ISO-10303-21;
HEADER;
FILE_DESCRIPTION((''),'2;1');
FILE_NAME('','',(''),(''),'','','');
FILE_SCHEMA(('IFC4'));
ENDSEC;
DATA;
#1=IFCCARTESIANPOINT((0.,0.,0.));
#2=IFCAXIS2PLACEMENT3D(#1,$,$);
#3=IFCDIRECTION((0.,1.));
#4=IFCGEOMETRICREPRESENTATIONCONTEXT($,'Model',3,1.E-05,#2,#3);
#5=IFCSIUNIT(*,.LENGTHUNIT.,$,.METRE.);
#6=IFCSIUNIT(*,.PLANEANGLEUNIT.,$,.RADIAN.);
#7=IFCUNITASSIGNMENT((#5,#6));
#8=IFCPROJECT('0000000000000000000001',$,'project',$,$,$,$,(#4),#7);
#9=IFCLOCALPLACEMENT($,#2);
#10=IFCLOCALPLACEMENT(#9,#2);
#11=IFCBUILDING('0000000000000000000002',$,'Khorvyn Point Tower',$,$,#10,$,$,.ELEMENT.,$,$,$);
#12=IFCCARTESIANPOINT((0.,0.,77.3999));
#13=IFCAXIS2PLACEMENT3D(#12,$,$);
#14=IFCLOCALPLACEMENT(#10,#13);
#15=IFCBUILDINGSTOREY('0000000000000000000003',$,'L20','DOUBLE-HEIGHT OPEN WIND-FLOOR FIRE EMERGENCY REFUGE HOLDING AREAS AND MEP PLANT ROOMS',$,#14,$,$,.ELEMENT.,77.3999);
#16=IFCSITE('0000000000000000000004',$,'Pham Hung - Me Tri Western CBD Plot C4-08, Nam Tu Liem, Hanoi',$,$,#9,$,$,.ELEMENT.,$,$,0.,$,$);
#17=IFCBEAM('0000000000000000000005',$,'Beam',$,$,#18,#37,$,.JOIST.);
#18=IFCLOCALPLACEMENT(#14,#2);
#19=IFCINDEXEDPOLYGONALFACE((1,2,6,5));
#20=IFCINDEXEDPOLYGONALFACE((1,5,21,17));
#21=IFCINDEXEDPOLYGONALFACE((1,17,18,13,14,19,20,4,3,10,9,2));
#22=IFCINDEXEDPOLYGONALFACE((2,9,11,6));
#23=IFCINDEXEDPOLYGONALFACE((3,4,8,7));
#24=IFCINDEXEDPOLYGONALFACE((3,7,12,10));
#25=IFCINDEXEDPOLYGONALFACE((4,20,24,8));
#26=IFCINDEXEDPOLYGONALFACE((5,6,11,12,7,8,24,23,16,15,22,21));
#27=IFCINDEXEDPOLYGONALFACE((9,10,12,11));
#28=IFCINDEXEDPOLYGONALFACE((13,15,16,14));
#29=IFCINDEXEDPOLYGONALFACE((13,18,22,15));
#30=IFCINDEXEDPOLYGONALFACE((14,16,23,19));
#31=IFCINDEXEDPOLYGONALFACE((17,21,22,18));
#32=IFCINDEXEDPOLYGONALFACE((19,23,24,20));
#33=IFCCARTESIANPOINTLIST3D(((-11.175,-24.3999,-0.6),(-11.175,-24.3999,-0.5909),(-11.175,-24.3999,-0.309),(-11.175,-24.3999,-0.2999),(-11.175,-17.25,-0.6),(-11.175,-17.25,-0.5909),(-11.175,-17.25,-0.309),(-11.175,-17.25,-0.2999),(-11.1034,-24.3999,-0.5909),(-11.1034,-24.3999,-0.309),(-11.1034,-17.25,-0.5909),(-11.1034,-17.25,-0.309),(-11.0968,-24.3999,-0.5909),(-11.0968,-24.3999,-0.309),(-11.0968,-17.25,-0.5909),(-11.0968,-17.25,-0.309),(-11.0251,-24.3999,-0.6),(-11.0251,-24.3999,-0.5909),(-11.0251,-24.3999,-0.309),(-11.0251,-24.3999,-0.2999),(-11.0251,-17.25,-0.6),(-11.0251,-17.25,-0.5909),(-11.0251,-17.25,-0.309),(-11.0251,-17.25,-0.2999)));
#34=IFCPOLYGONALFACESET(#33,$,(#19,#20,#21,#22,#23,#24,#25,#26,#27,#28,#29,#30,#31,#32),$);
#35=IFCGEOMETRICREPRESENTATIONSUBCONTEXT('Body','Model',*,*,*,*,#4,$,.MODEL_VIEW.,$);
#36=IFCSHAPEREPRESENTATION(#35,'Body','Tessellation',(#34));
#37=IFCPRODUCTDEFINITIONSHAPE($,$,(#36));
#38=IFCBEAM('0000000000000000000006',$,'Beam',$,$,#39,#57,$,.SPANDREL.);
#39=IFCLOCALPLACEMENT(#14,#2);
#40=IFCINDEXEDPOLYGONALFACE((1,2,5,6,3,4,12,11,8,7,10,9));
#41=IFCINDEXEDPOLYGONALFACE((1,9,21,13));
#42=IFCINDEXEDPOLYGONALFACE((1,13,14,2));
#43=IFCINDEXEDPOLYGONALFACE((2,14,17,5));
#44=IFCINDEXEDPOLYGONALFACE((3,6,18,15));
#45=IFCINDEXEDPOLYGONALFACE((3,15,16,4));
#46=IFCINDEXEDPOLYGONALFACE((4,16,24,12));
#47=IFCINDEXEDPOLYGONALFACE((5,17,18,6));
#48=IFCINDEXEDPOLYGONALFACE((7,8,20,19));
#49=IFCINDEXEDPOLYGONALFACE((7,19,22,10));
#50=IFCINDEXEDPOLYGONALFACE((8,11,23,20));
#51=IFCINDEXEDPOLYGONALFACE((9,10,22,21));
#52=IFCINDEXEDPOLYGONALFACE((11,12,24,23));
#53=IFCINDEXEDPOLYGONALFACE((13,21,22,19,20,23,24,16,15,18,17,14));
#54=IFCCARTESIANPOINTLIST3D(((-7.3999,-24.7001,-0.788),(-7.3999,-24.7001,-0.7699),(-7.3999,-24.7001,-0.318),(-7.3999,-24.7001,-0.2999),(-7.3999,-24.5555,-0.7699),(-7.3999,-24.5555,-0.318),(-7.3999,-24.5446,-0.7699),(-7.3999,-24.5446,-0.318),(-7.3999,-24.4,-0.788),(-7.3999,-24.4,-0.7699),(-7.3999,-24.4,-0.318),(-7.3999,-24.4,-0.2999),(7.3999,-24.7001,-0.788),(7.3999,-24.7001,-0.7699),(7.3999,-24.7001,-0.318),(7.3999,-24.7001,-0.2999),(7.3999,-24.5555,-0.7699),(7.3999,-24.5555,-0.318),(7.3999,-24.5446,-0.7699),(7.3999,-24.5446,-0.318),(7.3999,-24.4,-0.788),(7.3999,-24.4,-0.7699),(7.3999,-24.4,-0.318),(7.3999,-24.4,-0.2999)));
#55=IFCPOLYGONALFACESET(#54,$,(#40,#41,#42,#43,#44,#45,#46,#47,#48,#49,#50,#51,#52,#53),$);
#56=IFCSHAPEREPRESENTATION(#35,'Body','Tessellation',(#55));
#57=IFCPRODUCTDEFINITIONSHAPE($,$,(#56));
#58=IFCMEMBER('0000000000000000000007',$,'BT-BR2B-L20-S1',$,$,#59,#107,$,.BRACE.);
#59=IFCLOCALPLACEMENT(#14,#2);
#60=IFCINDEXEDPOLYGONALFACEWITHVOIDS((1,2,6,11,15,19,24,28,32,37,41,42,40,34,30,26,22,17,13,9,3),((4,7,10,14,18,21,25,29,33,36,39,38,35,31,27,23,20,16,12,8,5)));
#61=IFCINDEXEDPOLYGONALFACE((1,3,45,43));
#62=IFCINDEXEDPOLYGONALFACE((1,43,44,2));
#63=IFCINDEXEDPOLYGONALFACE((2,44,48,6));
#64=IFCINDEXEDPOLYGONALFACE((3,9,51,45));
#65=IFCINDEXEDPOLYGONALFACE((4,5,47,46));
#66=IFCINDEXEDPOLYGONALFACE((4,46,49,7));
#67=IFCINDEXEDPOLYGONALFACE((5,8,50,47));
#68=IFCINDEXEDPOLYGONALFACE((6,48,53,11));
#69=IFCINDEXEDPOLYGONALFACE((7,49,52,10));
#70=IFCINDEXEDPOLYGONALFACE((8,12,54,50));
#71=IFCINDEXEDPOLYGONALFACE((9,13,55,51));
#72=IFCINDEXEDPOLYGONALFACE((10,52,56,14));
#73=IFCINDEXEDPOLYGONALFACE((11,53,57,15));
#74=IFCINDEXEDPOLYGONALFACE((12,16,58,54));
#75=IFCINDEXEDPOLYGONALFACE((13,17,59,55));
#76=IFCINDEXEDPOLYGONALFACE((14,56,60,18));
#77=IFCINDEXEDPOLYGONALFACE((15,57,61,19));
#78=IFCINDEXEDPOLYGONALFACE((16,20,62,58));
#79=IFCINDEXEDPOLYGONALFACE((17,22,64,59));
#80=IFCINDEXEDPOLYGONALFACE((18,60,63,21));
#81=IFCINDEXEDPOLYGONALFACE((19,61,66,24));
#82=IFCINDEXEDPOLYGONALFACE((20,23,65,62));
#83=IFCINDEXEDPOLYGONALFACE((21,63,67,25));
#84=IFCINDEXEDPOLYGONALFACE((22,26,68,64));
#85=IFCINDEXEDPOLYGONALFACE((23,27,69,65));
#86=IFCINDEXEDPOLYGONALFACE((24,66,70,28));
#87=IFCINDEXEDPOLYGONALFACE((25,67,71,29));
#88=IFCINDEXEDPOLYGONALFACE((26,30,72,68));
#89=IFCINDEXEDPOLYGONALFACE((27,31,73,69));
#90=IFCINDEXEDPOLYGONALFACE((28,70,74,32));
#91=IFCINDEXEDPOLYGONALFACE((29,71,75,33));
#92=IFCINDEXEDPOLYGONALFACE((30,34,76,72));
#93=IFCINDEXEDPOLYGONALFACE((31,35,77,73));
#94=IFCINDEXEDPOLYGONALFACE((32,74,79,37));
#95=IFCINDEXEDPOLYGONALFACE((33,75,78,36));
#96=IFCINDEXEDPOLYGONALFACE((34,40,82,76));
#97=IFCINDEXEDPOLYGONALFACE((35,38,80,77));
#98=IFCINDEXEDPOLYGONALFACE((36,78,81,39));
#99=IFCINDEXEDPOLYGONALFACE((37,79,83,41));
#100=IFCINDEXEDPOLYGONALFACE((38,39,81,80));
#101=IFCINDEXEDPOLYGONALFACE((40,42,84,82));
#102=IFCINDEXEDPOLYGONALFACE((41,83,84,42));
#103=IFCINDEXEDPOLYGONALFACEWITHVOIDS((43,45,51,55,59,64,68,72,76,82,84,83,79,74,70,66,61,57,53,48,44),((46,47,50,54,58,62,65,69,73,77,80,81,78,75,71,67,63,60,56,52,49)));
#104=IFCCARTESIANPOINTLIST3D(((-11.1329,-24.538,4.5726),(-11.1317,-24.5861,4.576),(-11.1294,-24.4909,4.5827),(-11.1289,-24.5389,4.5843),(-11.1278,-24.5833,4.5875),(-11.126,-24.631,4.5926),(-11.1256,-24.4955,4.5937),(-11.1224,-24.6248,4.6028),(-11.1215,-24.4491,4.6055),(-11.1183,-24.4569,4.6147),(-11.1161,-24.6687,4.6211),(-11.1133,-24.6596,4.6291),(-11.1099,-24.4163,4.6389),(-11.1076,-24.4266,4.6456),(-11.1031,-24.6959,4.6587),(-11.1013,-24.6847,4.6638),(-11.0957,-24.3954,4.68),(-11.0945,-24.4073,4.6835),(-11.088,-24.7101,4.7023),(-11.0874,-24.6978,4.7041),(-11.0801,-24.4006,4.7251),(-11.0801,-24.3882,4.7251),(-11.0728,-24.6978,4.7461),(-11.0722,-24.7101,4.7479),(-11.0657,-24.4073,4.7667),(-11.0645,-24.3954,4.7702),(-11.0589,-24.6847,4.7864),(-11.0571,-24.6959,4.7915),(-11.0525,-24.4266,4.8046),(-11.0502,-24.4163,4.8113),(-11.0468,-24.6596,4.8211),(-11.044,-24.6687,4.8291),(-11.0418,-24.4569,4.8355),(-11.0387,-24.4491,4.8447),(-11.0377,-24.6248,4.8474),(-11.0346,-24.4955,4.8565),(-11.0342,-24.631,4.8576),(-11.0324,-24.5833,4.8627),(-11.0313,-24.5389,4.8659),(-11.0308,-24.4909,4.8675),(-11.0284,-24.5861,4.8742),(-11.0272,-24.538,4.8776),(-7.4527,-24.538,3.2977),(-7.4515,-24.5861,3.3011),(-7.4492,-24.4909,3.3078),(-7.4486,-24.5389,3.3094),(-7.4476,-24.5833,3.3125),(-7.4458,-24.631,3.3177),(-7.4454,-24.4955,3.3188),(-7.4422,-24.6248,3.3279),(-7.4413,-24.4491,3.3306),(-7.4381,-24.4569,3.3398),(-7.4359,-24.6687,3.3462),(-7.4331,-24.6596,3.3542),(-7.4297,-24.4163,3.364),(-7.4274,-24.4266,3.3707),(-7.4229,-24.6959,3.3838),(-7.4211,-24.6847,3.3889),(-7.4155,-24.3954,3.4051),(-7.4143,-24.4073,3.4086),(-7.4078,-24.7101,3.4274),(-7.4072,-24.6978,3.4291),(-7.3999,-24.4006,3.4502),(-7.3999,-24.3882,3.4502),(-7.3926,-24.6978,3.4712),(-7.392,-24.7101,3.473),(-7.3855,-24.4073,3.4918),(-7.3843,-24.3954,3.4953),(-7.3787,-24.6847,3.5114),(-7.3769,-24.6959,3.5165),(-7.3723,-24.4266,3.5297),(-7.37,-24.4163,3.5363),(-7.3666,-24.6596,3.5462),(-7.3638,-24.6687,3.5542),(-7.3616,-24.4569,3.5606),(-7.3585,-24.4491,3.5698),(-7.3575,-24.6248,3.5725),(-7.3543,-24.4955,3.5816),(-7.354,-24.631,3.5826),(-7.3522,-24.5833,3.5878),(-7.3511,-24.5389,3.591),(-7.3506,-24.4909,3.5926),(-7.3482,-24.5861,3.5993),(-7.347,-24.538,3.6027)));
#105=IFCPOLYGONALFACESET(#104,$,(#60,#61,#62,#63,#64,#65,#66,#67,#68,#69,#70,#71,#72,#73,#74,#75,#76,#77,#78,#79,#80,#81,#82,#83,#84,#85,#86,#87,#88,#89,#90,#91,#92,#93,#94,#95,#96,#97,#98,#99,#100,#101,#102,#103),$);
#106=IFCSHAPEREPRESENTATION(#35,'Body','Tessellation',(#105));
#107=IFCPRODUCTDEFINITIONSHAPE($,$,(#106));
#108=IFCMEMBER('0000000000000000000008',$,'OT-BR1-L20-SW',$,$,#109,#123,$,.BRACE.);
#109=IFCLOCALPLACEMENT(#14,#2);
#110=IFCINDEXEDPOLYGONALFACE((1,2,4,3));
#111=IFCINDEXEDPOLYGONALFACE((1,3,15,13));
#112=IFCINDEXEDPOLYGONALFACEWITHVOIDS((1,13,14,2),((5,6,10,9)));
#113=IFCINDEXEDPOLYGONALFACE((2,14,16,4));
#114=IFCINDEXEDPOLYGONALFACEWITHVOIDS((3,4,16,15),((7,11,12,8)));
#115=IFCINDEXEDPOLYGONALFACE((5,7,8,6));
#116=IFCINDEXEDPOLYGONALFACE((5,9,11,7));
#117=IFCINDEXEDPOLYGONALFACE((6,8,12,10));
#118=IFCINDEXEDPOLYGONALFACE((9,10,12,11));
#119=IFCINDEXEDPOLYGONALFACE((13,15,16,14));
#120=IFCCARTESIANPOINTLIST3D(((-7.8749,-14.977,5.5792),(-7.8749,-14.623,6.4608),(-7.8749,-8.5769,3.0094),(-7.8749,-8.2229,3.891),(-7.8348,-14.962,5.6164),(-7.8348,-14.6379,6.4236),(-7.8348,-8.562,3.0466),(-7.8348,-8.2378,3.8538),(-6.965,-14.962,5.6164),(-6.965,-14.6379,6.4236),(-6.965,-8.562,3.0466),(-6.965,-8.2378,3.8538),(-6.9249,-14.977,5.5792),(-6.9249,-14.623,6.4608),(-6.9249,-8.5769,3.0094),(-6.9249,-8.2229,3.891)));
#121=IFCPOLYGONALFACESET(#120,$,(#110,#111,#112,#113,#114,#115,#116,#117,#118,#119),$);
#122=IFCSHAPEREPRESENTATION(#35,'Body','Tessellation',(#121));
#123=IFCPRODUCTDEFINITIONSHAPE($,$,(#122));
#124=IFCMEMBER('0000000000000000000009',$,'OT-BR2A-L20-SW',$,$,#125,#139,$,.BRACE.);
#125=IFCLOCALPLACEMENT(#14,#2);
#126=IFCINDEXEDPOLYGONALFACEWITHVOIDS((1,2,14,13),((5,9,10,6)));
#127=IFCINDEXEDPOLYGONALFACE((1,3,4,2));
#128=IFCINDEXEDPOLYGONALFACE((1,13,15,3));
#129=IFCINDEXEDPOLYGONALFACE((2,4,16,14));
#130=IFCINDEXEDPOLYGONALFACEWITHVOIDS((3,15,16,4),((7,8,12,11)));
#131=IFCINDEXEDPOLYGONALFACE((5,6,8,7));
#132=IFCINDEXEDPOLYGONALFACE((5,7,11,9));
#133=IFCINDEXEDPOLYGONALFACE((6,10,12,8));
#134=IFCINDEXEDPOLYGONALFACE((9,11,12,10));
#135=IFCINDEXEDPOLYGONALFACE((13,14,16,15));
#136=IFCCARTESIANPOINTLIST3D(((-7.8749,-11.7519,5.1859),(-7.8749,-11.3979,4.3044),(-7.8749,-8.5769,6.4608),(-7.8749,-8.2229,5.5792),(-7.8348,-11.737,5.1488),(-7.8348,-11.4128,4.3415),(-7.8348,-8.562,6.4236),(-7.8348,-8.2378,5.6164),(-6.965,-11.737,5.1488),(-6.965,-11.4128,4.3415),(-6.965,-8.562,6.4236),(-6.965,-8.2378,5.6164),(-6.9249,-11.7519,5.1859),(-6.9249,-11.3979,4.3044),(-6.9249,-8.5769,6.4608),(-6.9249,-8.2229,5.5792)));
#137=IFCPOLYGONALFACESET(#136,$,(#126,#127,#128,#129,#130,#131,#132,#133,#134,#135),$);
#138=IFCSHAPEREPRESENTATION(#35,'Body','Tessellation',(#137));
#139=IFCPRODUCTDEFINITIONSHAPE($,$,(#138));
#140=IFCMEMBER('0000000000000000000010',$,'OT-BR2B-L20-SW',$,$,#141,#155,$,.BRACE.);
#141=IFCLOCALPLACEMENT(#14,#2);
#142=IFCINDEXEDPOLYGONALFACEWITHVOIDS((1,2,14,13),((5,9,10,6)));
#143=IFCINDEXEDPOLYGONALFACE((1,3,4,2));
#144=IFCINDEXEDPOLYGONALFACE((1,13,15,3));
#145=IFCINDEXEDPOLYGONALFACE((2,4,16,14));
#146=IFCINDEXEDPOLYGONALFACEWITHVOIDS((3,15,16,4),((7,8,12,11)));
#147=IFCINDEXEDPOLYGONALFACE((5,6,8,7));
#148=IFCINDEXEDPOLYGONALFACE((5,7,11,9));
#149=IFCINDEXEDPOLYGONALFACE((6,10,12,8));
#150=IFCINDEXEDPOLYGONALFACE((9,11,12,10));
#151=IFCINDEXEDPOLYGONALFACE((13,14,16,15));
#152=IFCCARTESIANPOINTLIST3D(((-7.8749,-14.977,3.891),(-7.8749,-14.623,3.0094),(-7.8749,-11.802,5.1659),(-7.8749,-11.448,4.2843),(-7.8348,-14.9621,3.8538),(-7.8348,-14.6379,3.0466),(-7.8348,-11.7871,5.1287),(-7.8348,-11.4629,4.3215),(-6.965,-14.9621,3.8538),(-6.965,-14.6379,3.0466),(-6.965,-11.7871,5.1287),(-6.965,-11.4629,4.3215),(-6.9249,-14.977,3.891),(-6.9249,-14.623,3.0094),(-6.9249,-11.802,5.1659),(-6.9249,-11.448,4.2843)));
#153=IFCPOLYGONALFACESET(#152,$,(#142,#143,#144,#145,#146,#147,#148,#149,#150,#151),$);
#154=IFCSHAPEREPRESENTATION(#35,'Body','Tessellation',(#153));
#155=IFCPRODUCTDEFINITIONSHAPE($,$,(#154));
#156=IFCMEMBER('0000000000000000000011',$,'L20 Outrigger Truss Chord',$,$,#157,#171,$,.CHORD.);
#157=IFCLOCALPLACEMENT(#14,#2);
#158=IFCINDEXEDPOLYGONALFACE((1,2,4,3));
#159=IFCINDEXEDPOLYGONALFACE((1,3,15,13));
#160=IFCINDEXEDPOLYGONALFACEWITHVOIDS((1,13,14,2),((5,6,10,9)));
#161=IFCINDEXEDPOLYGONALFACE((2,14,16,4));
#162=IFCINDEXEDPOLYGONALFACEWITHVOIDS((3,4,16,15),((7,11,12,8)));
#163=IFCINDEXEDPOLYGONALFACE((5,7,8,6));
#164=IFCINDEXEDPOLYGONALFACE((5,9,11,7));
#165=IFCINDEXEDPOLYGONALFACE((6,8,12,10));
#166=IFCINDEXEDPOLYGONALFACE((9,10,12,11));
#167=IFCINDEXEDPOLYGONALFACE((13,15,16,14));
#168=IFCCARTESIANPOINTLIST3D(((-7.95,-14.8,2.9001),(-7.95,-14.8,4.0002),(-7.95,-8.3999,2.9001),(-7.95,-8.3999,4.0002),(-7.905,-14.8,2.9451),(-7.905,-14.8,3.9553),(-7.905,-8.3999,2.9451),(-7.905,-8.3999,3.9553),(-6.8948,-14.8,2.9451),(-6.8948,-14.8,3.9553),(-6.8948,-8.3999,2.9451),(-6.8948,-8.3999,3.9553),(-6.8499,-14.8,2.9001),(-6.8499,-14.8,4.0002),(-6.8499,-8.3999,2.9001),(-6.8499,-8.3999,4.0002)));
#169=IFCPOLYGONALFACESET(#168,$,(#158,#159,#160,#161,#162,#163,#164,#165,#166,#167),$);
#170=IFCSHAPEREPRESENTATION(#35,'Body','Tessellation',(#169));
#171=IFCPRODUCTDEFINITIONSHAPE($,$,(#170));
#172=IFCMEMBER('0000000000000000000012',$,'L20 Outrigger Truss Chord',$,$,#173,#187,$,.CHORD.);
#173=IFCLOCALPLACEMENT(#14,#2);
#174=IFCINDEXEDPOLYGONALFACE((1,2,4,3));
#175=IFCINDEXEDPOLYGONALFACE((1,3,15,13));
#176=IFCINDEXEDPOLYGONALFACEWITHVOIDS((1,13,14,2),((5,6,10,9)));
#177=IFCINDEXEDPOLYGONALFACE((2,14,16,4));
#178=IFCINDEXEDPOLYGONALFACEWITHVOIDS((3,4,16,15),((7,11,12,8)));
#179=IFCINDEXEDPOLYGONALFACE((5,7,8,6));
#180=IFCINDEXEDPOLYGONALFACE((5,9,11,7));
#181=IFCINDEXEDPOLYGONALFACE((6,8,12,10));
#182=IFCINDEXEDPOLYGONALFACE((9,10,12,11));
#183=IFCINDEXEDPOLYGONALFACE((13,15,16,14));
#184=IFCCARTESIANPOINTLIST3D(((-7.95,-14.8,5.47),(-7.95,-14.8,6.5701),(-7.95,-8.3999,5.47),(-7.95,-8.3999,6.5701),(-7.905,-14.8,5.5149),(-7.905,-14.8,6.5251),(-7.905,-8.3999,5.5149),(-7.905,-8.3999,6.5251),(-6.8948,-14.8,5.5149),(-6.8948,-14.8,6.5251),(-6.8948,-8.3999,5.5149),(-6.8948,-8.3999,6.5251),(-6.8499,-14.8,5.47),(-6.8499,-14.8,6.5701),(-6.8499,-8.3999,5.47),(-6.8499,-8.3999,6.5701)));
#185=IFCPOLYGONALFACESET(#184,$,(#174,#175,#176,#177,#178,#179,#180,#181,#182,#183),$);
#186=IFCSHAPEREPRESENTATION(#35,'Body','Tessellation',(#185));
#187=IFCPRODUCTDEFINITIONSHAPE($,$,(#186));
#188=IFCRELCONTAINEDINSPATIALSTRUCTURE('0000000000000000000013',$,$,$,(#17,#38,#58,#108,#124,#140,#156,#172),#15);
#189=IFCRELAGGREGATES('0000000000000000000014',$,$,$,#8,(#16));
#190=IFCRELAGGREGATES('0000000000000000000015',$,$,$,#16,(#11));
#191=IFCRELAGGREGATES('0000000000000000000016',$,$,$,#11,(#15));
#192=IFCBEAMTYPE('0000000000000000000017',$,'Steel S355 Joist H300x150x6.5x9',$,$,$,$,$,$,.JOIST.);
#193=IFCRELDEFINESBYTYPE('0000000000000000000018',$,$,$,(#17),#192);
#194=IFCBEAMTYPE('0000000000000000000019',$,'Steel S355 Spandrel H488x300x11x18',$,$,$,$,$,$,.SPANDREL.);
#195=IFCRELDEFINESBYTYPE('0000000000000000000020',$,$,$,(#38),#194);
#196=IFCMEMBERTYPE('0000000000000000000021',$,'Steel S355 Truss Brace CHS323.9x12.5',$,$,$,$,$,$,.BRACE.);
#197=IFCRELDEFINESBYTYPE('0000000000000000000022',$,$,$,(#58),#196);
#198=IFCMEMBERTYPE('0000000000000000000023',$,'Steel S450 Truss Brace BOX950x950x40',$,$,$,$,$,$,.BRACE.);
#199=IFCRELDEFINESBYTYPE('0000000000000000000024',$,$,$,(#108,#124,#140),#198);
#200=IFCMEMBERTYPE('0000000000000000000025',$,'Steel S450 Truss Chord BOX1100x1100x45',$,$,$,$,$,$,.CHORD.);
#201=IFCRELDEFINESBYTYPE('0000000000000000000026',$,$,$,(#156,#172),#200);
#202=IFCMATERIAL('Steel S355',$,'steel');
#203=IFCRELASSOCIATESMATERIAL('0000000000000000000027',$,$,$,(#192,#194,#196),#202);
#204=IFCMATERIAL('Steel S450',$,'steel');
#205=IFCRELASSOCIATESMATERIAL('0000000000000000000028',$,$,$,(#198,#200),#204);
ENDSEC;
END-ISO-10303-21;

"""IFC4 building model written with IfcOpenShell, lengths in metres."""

from ifc_helpers import new_model, si_unit, direction, frame, origin, origin_2d, place, context, subcontext, project, spatial, hollow_rectangle, hollow_circle, i_section, extrude, material, material_profile, profile_set, type_object, element, save


model = new_model("IFC4")

# Units and contexts
model_context = context("Model", 3, precision=1e-05, world=origin(), true_north=direction((0.0, 1.0)))
body_context = subcontext(model_context, "Body", "Model", "MODEL_VIEW")
ifc_project = project(units=[si_unit("LENGTHUNIT", "METRE"), si_unit("PLANEANGLEUNIT", "RADIAN")], contexts=[model_context])

# Site, building, storey
site_placement = place(None, origin())
site = spatial("IfcSite", under=ifc_project, at=site_placement, Name="Pham Hung - Me Tri Western CBD Plot C4-08, Nam Tu Liem, Hanoi", CompositionType="ELEMENT", RefElevation=0.0)
building_placement = place(site_placement, origin())
building = spatial("IfcBuilding", under=site, at=building_placement, Name="Khorvyn Point Tower", CompositionType="ELEMENT")
storey_placement = place(building_placement, frame((0.0, 0.0, 77.3999)))
storey = spatial("IfcBuildingStorey", under=building, at=storey_placement, Name="L20", Description="DOUBLE-HEIGHT OPEN WIND-FLOOR FIRE EMERGENCY REFUGE HOLDING AREAS AND MEP PLANT ROOMS", CompositionType="ELEMENT", Elevation=77.3999)

# Shared definitions
ifc_material_1 = material(Name="Steel S450", Category="steel")

# Beams
ifc_material_2 = material(Name="Steel S355", Category="steel")
ifc_material_profile_1 = material_profile(ifc_material_2, i_section(OverallWidth=0.1499, OverallDepth=0.3, WebThickness=0.0066, FlangeThickness=0.009, at=origin_2d()))
ifc_profile_set_1 = profile_set([ifc_material_profile_1], Name="Steel S355 H300x150x6.5x9")
beam_type_1 = type_object("IfcBeamType", Name="Steel S355 Joist H300x150x6.5x9", PredefinedType="JOIST", material=ifc_profile_set_1)
beam_1_placement = place(storey_placement, frame((-11.1001, -24.3999, -0.45), z_axis=(0.0, 1.0, 0.0), x_axis=(-1.0, 0.0, 0.0)))
element("IfcBeam", 1, at=beam_1_placement, inside=storey, type_object=beam_type_1, Name="Beam", PredefinedType="JOIST", context=body_context, shape_type="SweptSolid", body=[
    extrude(i_section(OverallWidth=0.1499, OverallDepth=0.3, WebThickness=0.0066, FlangeThickness=0.009, at=origin_2d()), origin(), (0.0, 0.0, 1.0), 7.1499),
])
ifc_material_profile_2 = material_profile(ifc_material_2, i_section(OverallWidth=0.3, OverallDepth=0.488, WebThickness=0.011, FlangeThickness=0.0181, at=origin_2d()))
ifc_profile_set_2 = profile_set([ifc_material_profile_2], Name="Steel S355 H488x300x11x18")
beam_type_2 = type_object("IfcBeamType", Name="Steel S355 Spandrel H488x300x11x18", PredefinedType="SPANDREL", material=ifc_profile_set_2)
beam_2_placement = place(storey_placement, frame((-7.3999, -24.55, -0.5439), z_axis=(1.0, 0.0, 0.0), x_axis=(0.0, 1.0, 0.0)))
element("IfcBeam", 2, at=beam_2_placement, inside=storey, type_object=beam_type_2, Name="Beam", PredefinedType="SPANDREL", context=body_context, shape_type="SweptSolid", body=[
    extrude(i_section(OverallWidth=0.3, OverallDepth=0.488, WebThickness=0.011, FlangeThickness=0.0181, at=origin_2d()), origin(), (0.0, 0.0, 1.0), 14.7998),
])

# Members
ifc_material_profile_3 = material_profile(ifc_material_2, hollow_circle(Radius=0.1619, WallThickness=0.0125, at=origin_2d()))
ifc_profile_set_3 = profile_set([ifc_material_profile_3], Name="Steel S355 CHS323.9x12.5")
member_type_1 = type_object("IfcMemberType", Name="Steel S355 Truss Brace CHS323.9x12.5", PredefinedType="BRACE", material=ifc_profile_set_3)
member_1_placement = place(storey_placement, frame((-11.0801, -24.55, 4.7251), z_axis=(0.944907, 0.0, -0.327339), x_axis=(0.0, 1.0, 0.0)))
element("IfcMember", 3, at=member_1_placement, inside=storey, type_object=member_type_1, Name="BT-BR2B-L20-S1", PredefinedType="BRACE", context=body_context, shape_type="SweptSolid", body=[
    extrude(hollow_circle(Radius=0.1619, WallThickness=0.0125, at=origin_2d()), origin(), (0.0, 0.0, 1.0), 3.8948),
])
ifc_material_profile_4 = material_profile(ifc_material_1, hollow_rectangle(XDim=0.95, YDim=0.95, WallThickness=0.04, at=origin_2d()))
ifc_profile_set_4 = profile_set([ifc_material_profile_4], Name="Steel S450 BOX950x950x40")
member_type_2 = type_object("IfcMemberType", Name="Steel S450 Truss Brace BOX950x950x40", PredefinedType="BRACE", material=ifc_profile_set_4)
member_2_placement = place(storey_placement, frame((-7.3999, -8.3999, 3.4502), z_axis=(0.0, -0.927988, 0.372611), x_axis=(1.0, 0.0, 0.0)))
element("IfcMember", 4, at=member_2_placement, inside=storey, type_object=member_type_2, Name="OT-BR1-L20-SW", PredefinedType="BRACE", context=body_context, shape_type="SweptSolid", body=[
    extrude(hollow_rectangle(XDim=0.95, YDim=0.95, WallThickness=0.04, at=origin_2d()), origin(), (0.0, 0.0, 1.0), 6.8967),
])
for number, where, z_axis, x_axis, name in (
    (5, (-7.3999, -8.3999, 6.02), (0.0, -0.927984, -0.372621), (1.0, 0.0, 0.0), "OT-BR2A-L20-SW"),
    (6, (-7.3999, -11.625, 4.7251), (0.0, -0.927984, -0.372621), (1.0, 0.0, 0.0), "OT-BR2B-L20-SW"),
):
    element("IfcMember", number, at=place(storey_placement, frame(where, z_axis=z_axis, x_axis=x_axis)), inside=storey, type_object=member_type_2, Name=name, PredefinedType="BRACE", context=body_context, shape_type="SweptSolid", body=[
        extrude(hollow_rectangle(XDim=0.95, YDim=0.95, WallThickness=0.04, at=origin_2d()), origin(), (0.0, 0.0, 1.0), 3.4214),
    ])
ifc_material_profile_5 = material_profile(ifc_material_1, hollow_rectangle(XDim=1.1001, YDim=1.1001, WallThickness=0.0449, at=origin_2d()))
ifc_profile_set_5 = profile_set([ifc_material_profile_5], Name="Steel S450 BOX1100x1100x45")
member_type_3 = type_object("IfcMemberType", Name="Steel S450 Truss Chord BOX1100x1100x45", PredefinedType="CHORD", material=ifc_profile_set_5)
for number, where, z_axis, x_axis, name in (
    (7, (-7.3999, -8.3999, 3.4502), (0.0, -1.0, 0.0), (1.0, 0.0, 0.0), "L20 Outrigger Truss Chord"),
    (8, (-7.3999, -8.3999, 6.02), (0.0, -1.0, 0.0), (1.0, 0.0, 0.0), "L20 Outrigger Truss Chord"),
):
    element("IfcMember", number, at=place(storey_placement, frame(where, z_axis=z_axis, x_axis=x_axis)), inside=storey, type_object=member_type_3, Name=name, PredefinedType="CHORD", context=body_context, shape_type="SweptSolid", body=[
        extrude(hollow_rectangle(XDim=1.1001, YDim=1.1001, WallThickness=0.0449, at=origin_2d()), origin(), (0.0, 0.0, 1.0), 6.4001),
    ])

save(model, "model.ifc")
